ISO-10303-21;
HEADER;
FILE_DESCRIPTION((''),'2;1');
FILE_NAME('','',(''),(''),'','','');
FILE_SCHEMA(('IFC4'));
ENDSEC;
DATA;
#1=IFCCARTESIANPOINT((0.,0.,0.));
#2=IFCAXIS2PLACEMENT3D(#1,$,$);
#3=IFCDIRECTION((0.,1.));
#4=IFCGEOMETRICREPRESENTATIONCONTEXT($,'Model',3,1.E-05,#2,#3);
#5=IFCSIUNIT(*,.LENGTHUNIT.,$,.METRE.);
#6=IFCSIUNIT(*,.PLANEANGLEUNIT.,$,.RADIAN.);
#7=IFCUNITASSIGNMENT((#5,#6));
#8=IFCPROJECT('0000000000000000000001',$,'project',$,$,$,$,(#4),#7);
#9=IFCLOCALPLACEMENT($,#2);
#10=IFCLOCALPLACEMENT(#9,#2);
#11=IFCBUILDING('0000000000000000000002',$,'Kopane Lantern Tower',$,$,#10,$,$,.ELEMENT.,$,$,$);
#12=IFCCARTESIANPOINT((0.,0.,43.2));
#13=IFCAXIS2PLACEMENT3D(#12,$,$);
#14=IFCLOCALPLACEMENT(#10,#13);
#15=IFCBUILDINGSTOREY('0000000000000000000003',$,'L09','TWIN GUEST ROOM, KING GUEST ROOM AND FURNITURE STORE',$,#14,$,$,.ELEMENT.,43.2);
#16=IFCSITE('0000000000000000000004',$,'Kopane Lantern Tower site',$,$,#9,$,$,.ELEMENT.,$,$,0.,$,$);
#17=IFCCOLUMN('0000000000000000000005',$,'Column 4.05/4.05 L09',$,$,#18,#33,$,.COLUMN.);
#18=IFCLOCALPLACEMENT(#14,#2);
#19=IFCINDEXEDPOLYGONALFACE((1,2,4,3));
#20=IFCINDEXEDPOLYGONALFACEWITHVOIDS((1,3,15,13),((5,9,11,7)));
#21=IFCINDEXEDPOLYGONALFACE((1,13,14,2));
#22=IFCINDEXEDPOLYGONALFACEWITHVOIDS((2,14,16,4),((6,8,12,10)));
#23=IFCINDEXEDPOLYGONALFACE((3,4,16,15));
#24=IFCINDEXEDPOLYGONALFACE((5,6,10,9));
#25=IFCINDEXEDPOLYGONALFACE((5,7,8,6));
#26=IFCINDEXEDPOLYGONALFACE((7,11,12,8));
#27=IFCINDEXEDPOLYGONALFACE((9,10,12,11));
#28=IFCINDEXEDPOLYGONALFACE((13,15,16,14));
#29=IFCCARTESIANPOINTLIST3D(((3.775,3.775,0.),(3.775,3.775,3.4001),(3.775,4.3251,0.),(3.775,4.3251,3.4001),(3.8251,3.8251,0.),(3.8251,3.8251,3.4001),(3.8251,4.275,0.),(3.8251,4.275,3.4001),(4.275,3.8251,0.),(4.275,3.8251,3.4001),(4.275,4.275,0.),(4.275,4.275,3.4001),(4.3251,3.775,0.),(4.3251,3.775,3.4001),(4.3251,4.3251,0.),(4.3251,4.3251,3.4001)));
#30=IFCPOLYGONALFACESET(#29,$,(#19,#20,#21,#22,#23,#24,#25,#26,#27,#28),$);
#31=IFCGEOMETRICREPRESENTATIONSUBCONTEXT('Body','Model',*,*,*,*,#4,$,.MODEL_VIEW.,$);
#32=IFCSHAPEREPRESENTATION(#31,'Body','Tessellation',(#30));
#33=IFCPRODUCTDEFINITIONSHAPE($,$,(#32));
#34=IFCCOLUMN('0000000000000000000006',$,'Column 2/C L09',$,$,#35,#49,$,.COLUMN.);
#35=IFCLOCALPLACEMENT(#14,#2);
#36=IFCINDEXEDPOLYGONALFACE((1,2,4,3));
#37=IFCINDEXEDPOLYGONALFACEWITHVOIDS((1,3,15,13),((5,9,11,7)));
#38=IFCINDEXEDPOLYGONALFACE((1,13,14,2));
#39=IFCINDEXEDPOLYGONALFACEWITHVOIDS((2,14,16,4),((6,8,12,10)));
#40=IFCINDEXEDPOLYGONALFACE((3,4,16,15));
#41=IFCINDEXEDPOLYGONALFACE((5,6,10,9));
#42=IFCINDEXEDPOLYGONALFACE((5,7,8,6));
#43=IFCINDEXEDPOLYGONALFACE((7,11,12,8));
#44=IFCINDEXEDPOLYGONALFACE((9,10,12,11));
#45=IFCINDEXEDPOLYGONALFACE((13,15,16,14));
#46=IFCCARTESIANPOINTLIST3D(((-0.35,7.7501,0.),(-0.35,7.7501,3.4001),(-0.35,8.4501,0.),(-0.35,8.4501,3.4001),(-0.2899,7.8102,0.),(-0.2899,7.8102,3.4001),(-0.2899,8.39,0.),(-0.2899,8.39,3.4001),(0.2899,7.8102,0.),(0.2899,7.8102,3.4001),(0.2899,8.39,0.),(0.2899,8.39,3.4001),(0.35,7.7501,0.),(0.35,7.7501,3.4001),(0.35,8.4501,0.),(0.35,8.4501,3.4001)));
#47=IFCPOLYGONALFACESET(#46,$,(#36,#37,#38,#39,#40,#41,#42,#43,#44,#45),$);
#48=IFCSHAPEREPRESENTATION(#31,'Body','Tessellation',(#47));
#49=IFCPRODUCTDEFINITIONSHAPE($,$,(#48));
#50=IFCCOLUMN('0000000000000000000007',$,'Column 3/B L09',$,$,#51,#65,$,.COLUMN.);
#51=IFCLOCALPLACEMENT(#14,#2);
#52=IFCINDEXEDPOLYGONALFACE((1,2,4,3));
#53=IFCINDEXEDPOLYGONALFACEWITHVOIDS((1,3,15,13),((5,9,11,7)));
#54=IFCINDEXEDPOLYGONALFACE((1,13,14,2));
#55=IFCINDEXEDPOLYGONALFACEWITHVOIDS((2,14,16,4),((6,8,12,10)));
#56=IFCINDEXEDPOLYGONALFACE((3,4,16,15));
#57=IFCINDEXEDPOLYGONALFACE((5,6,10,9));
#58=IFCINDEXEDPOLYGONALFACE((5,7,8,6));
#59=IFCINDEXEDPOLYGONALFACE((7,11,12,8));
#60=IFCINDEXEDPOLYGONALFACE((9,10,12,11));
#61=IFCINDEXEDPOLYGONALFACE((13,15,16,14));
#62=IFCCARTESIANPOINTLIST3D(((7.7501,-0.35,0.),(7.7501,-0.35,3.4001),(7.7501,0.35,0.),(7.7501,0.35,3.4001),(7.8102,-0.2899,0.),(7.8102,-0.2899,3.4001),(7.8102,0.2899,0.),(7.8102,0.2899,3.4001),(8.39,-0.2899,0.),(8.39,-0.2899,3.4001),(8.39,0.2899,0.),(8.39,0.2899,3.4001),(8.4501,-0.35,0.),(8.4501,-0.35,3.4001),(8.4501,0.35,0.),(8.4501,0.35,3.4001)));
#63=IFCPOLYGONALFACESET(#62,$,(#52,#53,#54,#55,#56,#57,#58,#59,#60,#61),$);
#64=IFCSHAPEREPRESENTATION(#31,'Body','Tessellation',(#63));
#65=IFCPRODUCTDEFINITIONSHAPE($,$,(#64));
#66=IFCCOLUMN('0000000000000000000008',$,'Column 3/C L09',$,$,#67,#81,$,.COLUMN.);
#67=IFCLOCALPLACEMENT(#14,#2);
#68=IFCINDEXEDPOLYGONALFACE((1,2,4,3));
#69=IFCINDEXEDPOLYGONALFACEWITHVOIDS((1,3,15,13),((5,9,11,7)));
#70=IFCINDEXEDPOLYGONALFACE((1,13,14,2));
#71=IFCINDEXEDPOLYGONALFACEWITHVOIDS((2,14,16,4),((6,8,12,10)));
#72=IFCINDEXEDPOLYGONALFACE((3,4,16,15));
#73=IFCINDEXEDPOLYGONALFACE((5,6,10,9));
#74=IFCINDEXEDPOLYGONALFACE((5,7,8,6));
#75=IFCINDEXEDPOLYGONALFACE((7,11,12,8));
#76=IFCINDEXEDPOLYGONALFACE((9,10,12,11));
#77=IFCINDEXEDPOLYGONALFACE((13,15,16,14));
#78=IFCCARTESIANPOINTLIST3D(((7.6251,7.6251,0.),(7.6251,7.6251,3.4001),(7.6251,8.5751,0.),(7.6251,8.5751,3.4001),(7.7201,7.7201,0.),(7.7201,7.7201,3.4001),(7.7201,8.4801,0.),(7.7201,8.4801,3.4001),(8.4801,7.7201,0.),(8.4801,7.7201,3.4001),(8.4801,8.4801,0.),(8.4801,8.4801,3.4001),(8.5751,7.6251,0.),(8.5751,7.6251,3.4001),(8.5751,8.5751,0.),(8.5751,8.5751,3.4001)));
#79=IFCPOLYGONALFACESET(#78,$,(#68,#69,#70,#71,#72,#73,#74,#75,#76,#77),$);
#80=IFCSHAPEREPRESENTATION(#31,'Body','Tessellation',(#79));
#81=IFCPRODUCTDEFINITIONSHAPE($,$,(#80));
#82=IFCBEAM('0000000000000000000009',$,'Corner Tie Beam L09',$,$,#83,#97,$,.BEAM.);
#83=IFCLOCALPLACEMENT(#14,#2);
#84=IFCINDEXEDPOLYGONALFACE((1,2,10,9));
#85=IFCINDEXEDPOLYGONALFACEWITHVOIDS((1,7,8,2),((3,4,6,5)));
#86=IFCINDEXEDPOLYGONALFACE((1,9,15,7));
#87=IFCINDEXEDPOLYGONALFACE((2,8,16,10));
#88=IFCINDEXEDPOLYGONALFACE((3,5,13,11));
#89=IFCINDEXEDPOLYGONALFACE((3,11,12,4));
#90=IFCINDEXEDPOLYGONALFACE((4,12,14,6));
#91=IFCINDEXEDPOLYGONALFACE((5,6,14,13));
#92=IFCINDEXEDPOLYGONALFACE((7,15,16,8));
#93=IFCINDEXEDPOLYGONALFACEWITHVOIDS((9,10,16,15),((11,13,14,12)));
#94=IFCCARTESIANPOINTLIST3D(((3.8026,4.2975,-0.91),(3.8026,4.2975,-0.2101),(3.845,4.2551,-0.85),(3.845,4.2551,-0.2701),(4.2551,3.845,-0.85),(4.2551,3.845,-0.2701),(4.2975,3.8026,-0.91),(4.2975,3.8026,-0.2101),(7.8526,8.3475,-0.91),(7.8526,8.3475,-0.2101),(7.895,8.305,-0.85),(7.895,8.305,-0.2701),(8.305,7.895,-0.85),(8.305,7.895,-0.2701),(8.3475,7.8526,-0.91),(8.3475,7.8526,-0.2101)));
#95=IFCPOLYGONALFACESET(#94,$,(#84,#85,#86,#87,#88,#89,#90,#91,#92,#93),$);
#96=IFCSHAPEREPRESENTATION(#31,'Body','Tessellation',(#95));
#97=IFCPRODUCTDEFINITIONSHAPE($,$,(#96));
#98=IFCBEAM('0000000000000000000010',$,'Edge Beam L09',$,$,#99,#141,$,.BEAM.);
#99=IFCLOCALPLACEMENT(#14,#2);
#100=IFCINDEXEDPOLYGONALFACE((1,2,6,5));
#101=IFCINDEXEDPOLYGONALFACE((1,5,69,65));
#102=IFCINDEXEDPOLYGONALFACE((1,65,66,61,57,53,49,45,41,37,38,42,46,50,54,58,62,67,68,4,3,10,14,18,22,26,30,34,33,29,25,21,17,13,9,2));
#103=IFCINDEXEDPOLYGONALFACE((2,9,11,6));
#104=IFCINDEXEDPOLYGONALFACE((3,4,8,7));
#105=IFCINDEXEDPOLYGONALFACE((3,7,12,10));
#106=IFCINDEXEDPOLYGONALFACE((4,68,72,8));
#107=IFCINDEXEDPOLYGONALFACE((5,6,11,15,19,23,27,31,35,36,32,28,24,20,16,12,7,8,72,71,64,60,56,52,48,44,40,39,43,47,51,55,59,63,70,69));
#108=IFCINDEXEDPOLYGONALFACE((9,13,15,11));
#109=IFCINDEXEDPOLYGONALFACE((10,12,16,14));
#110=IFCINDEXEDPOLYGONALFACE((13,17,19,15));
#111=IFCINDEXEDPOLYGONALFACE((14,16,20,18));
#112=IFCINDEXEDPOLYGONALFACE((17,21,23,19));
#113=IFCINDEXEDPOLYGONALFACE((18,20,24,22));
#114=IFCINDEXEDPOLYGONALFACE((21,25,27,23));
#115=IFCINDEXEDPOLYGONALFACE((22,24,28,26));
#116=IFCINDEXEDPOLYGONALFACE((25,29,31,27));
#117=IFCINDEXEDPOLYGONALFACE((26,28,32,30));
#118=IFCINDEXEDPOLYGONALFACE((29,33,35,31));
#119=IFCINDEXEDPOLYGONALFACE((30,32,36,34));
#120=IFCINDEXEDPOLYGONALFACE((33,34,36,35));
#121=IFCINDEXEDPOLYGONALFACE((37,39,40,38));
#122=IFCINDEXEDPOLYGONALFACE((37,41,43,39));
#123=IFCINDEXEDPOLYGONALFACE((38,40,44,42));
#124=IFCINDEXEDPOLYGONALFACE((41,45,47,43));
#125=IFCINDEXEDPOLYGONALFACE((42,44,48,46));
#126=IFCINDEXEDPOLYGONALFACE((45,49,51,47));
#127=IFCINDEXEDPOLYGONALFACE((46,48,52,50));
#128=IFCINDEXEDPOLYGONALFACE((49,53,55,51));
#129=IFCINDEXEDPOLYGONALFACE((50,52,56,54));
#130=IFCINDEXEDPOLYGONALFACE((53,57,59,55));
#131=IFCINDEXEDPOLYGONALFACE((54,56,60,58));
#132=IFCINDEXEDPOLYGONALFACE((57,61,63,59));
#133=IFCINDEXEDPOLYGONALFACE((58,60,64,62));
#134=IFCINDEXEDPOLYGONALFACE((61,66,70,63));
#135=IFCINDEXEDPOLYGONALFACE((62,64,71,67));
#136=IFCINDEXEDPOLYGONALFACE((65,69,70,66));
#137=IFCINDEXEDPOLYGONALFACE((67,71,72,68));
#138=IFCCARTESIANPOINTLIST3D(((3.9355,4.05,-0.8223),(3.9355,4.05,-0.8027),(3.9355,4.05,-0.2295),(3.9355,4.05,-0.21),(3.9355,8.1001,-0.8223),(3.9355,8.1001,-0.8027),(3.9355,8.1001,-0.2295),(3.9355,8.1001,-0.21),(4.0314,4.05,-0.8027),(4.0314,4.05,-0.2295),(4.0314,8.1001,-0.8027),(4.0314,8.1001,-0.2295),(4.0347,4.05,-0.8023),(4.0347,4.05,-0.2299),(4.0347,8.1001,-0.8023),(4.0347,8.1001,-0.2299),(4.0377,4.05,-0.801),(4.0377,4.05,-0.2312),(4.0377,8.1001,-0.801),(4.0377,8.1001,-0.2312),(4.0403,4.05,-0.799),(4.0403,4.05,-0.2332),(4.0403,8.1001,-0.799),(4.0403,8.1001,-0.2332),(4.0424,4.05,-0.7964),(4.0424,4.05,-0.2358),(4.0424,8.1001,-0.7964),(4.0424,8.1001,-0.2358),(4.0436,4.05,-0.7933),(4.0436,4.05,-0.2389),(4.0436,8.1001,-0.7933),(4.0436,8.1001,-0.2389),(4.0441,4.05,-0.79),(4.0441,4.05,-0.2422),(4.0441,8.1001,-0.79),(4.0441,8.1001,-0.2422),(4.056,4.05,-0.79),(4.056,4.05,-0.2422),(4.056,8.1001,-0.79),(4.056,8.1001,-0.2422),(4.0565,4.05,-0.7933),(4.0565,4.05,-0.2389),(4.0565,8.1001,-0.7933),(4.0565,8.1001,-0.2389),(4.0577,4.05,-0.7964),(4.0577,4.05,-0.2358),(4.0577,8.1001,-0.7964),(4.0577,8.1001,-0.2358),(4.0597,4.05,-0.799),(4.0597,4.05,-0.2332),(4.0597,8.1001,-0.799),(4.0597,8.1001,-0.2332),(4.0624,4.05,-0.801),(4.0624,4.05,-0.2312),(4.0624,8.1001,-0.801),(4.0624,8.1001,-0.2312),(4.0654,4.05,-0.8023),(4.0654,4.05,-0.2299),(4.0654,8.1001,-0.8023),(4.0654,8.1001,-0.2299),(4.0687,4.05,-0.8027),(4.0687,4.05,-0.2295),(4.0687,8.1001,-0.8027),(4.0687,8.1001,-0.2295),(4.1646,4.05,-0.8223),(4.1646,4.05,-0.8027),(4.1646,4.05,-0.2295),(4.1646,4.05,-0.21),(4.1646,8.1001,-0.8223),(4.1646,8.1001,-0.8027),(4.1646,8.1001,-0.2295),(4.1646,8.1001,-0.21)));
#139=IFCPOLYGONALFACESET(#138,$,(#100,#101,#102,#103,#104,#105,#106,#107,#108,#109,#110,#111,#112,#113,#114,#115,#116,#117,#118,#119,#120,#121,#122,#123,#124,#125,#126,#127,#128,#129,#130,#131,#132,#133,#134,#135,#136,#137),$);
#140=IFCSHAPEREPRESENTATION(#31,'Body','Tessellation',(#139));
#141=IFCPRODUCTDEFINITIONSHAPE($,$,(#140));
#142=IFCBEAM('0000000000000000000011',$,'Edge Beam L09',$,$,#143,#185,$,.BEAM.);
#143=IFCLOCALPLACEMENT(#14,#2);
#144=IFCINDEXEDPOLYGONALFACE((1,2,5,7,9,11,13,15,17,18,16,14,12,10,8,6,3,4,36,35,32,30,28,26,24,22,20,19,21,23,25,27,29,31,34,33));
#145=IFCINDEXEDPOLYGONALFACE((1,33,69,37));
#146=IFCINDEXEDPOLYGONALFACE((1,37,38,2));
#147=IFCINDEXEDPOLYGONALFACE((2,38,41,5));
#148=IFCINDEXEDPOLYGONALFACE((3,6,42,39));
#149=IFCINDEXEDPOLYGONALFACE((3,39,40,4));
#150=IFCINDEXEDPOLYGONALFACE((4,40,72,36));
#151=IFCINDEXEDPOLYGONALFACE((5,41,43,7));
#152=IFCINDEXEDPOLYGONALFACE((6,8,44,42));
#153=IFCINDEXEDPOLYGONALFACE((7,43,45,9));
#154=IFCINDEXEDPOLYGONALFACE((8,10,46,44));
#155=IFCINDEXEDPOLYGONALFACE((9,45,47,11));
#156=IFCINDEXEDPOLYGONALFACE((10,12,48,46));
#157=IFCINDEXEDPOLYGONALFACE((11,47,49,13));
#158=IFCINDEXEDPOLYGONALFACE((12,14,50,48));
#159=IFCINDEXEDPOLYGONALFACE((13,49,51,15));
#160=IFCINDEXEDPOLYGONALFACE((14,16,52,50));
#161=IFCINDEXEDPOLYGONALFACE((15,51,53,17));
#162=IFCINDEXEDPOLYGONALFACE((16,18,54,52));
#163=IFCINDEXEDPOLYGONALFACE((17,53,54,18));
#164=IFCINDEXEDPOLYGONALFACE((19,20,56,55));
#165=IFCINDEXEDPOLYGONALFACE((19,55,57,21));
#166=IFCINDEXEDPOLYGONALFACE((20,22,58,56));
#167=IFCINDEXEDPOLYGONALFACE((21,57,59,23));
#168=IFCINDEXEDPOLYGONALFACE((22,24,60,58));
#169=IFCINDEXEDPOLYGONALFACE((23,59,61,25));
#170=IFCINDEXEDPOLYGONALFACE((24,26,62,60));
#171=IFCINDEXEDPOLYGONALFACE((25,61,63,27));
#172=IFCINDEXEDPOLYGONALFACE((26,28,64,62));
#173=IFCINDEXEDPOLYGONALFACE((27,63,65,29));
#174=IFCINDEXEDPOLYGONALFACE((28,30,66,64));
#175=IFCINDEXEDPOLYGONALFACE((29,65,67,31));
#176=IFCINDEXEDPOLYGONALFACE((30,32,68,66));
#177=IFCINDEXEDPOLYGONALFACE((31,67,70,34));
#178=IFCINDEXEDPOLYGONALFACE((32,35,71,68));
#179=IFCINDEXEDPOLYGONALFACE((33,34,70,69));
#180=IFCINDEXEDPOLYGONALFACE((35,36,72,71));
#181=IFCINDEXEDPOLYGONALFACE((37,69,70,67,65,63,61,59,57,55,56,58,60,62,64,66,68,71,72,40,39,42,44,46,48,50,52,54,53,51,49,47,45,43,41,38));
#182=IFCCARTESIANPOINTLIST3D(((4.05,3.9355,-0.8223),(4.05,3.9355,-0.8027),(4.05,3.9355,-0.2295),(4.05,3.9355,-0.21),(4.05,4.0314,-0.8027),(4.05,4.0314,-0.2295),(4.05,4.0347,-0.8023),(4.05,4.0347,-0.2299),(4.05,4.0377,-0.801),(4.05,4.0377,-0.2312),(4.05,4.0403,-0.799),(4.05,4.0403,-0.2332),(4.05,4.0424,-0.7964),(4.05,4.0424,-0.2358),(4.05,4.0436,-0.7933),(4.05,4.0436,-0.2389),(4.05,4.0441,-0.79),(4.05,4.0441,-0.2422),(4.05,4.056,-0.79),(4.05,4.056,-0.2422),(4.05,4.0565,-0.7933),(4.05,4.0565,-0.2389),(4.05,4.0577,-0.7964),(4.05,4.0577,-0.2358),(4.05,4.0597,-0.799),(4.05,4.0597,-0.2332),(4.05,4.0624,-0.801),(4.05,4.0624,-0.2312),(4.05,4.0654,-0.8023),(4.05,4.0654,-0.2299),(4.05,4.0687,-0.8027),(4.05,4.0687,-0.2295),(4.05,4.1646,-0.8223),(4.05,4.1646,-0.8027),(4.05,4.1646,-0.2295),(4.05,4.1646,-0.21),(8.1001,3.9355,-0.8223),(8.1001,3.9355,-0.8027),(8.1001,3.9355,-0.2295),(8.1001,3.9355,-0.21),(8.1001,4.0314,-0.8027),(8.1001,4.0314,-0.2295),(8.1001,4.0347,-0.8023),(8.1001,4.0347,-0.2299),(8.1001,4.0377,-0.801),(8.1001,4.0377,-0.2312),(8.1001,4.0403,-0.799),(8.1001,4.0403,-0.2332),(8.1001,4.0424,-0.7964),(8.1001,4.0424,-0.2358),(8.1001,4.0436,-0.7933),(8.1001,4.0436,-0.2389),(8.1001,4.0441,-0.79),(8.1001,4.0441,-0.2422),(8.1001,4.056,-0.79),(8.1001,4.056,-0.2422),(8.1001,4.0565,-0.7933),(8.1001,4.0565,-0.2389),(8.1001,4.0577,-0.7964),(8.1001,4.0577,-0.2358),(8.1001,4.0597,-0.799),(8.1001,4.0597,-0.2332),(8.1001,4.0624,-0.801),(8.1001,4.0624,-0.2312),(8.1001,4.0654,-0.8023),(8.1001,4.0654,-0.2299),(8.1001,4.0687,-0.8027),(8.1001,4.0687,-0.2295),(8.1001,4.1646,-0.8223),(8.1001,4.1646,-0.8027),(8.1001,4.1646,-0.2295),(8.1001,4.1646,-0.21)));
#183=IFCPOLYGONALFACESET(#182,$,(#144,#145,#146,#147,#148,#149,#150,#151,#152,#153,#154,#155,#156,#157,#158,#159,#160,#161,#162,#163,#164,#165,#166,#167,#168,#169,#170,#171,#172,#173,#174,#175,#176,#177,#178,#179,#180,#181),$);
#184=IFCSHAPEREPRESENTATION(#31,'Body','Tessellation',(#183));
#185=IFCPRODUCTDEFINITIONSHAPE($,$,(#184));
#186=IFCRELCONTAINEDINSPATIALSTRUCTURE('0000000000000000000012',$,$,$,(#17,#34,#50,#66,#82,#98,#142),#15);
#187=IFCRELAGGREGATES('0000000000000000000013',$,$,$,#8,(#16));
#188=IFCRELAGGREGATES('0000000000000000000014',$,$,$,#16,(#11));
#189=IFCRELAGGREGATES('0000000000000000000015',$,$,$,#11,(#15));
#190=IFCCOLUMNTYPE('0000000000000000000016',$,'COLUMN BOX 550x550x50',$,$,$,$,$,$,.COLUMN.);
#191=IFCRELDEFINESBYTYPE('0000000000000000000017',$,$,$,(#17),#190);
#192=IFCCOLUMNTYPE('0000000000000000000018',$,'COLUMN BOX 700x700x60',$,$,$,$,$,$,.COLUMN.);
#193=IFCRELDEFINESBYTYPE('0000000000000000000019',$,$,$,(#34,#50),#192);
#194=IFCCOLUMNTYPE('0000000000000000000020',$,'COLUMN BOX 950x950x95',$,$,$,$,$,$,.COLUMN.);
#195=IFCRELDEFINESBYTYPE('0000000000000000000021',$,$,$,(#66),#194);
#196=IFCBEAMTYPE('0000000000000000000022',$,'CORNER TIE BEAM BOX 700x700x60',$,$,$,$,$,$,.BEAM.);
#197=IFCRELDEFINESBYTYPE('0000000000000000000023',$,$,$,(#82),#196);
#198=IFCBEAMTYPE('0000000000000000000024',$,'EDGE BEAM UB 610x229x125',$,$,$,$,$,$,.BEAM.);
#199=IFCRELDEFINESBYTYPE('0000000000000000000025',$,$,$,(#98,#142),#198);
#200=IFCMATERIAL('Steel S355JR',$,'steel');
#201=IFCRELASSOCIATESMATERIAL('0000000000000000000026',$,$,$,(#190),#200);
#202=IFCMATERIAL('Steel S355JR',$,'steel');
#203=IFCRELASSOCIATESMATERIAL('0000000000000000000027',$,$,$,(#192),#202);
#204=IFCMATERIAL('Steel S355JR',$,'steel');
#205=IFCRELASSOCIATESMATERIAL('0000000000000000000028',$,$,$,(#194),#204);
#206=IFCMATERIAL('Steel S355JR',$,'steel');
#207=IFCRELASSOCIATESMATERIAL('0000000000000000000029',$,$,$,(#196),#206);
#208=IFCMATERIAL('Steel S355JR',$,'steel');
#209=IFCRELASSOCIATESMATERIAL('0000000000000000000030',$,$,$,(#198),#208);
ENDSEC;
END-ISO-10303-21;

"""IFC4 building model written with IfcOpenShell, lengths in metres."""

from ifc_helpers import new_model, si_unit, direction, frame, origin, origin_2d, place, context, subcontext, project, spatial, hollow_rectangle, i_section, extrude, material, material_profile, profile_set, type_object, element, save


model = new_model("IFC4")

# Units and contexts
model_context = context("Model", 3, precision=1e-05, world=origin(), true_north=direction((0.0, 1.0)))
body_context = subcontext(model_context, "Body", "Model", "MODEL_VIEW")
ifc_project = project(units=[si_unit("LENGTHUNIT", "METRE"), si_unit("PLANEANGLEUNIT", "RADIAN")], contexts=[model_context])

# Site, building, storey
site_placement = place(None, origin())
site = spatial("IfcSite", under=ifc_project, at=site_placement, Name="Kopane Lantern Tower site", CompositionType="ELEMENT", RefElevation=0.0)
building_placement = place(site_placement, origin())
building = spatial("IfcBuilding", under=site, at=building_placement, Name="Kopane Lantern Tower", CompositionType="ELEMENT")
storey_placement = place(building_placement, frame((0.0, 0.0, 43.2)))
storey = spatial("IfcBuildingStorey", under=building, at=storey_placement, Name="L09", Description="TWIN GUEST ROOM, KING GUEST ROOM AND FURNITURE STORE", CompositionType="ELEMENT", Elevation=43.2)

# Columns
ifc_material_1 = material(Name="Steel S355JR", Category="steel")
ifc_material_profile_1 = material_profile(ifc_material_1, hollow_rectangle(XDim=0.55, YDim=0.55, WallThickness=0.05, at=origin_2d()), Name="BOX 550x550x50")
ifc_profile_set_1 = profile_set([ifc_material_profile_1], Name="Steel S355JR")
column_type_1 = type_object("IfcColumnType", Name="COLUMN BOX 550x550x50", PredefinedType="COLUMN", material=ifc_profile_set_1)
column_1_placement = place(storey_placement, frame((4.05, 4.05, 0.0), z_axis=(0.0, 0.0, 1.0), x_axis=(1.0, 0.0, 0.0)))
element("IfcColumn", 1, at=column_1_placement, inside=storey, type_object=column_type_1, Name="Column 4.05/4.05 L09", PredefinedType="COLUMN", context=body_context, shape_type="SweptSolid", body=[
    extrude(hollow_rectangle(XDim=0.55, YDim=0.55, WallThickness=0.05, at=origin_2d()), origin(), (0.0, 0.0, 1.0), 3.4001),
])
ifc_material_2 = material(Name="Steel S355JR", Category="steel")
ifc_material_profile_2 = material_profile(ifc_material_2, hollow_rectangle(XDim=0.7, YDim=0.7, WallThickness=0.0601, at=origin_2d()), Name="BOX 700x700x60")
ifc_profile_set_2 = profile_set([ifc_material_profile_2], Name="Steel S355JR")
column_type_2 = type_object("IfcColumnType", Name="COLUMN BOX 700x700x60", PredefinedType="COLUMN", material=ifc_profile_set_2)
for number, where, z_axis, x_axis, name in (
    (2, (0.0, 8.1001, 0.0), (0.0, 0.0, 1.0), (1.0, 0.0, 0.0), "Column 2/C L09"),
    (3, (8.1001, 0.0, 0.0), (0.0, 0.0, 1.0), (1.0, 0.0, 0.0), "Column 3/B L09"),
):
    element("IfcColumn", number, at=place(storey_placement, frame(where, z_axis=z_axis, x_axis=x_axis)), inside=storey, type_object=column_type_2, Name=name, PredefinedType="COLUMN", context=body_context, shape_type="SweptSolid", body=[
        extrude(hollow_rectangle(XDim=0.7, YDim=0.7, WallThickness=0.0601, at=origin_2d()), origin(), (0.0, 0.0, 1.0), 3.4001),
    ])
ifc_material_3 = material(Name="Steel S355JR", Category="steel")
ifc_material_profile_3 = material_profile(ifc_material_3, hollow_rectangle(XDim=0.95, YDim=0.95, WallThickness=0.095, at=origin_2d()), Name="BOX 950x950x95")
ifc_profile_set_3 = profile_set([ifc_material_profile_3], Name="Steel S355JR")
column_type_3 = type_object("IfcColumnType", Name="COLUMN BOX 950x950x95", PredefinedType="COLUMN", material=ifc_profile_set_3)
column_2_placement = place(storey_placement, frame((8.1001, 8.1001, 0.0), z_axis=(0.0, 0.0, 1.0), x_axis=(1.0, 0.0, 0.0)))
element("IfcColumn", 4, at=column_2_placement, inside=storey, type_object=column_type_3, Name="Column 3/C L09", PredefinedType="COLUMN", context=body_context, shape_type="SweptSolid", body=[
    extrude(hollow_rectangle(XDim=0.95, YDim=0.95, WallThickness=0.095, at=origin_2d()), origin(), (0.0, 0.0, 1.0), 3.4001),
])

# Beams
ifc_material_4 = material(Name="Steel S355JR", Category="steel")
ifc_material_profile_4 = material_profile(ifc_material_4, hollow_rectangle(XDim=0.7, YDim=0.7, WallThickness=0.0601, at=origin_2d()), Name="BOX 700x700x60")
ifc_profile_set_4 = profile_set([ifc_material_profile_4], Name="Steel S355JR")
beam_type_1 = type_object("IfcBeamType", Name="CORNER TIE BEAM BOX 700x700x60", PredefinedType="BEAM", material=ifc_profile_set_4)
beam_1_placement = place(storey_placement, frame((4.05, 4.05, -0.5601), z_axis=(0.707107, 0.707107, 0.0), x_axis=(-0.707107, 0.707107, 0.0)))
element("IfcBeam", 5, at=beam_1_placement, inside=storey, type_object=beam_type_1, Name="Corner Tie Beam L09", PredefinedType="BEAM", context=body_context, shape_type="SweptSolid", body=[
    extrude(hollow_rectangle(XDim=0.7, YDim=0.7, WallThickness=0.0601, at=origin_2d()), origin(), (0.0, 0.0, 1.0), 5.7275),
])
ifc_material_5 = material(Name="Steel S355JR", Category="steel")
ifc_material_profile_5 = material_profile(ifc_material_5, i_section(OverallWidth=0.229, OverallDepth=0.6123, WebThickness=0.012, FlangeThickness=0.0195, FilletRadius=0.0127, at=origin_2d()), Name="UB 610x229x125")
ifc_profile_set_5 = profile_set([ifc_material_profile_5], Name="Steel S355JR")
beam_type_2 = type_object("IfcBeamType", Name="EDGE BEAM UB 610x229x125", PredefinedType="BEAM", material=ifc_profile_set_5)
for number, where, z_axis, x_axis, name in (
    (6, (4.05, 4.05, -0.5161), (0.0, 1.0, 0.0), (-1.0, 0.0, 0.0), "Edge Beam L09"),
    (7, (4.05, 4.05, -0.5161), (1.0, 0.0, 0.0), (0.0, 1.0, 0.0), "Edge Beam L09"),
):
    element("IfcBeam", number, at=place(storey_placement, frame(where, z_axis=z_axis, x_axis=x_axis)), inside=storey, type_object=beam_type_2, Name=name, PredefinedType="BEAM", context=body_context, shape_type="SweptSolid", body=[
        extrude(i_section(OverallWidth=0.229, OverallDepth=0.6123, WebThickness=0.012, FlangeThickness=0.0195, FilletRadius=0.0127, at=origin_2d()), origin(), (0.0, 0.0, 1.0), 4.05),
    ])

save(model, "model.ifc")
